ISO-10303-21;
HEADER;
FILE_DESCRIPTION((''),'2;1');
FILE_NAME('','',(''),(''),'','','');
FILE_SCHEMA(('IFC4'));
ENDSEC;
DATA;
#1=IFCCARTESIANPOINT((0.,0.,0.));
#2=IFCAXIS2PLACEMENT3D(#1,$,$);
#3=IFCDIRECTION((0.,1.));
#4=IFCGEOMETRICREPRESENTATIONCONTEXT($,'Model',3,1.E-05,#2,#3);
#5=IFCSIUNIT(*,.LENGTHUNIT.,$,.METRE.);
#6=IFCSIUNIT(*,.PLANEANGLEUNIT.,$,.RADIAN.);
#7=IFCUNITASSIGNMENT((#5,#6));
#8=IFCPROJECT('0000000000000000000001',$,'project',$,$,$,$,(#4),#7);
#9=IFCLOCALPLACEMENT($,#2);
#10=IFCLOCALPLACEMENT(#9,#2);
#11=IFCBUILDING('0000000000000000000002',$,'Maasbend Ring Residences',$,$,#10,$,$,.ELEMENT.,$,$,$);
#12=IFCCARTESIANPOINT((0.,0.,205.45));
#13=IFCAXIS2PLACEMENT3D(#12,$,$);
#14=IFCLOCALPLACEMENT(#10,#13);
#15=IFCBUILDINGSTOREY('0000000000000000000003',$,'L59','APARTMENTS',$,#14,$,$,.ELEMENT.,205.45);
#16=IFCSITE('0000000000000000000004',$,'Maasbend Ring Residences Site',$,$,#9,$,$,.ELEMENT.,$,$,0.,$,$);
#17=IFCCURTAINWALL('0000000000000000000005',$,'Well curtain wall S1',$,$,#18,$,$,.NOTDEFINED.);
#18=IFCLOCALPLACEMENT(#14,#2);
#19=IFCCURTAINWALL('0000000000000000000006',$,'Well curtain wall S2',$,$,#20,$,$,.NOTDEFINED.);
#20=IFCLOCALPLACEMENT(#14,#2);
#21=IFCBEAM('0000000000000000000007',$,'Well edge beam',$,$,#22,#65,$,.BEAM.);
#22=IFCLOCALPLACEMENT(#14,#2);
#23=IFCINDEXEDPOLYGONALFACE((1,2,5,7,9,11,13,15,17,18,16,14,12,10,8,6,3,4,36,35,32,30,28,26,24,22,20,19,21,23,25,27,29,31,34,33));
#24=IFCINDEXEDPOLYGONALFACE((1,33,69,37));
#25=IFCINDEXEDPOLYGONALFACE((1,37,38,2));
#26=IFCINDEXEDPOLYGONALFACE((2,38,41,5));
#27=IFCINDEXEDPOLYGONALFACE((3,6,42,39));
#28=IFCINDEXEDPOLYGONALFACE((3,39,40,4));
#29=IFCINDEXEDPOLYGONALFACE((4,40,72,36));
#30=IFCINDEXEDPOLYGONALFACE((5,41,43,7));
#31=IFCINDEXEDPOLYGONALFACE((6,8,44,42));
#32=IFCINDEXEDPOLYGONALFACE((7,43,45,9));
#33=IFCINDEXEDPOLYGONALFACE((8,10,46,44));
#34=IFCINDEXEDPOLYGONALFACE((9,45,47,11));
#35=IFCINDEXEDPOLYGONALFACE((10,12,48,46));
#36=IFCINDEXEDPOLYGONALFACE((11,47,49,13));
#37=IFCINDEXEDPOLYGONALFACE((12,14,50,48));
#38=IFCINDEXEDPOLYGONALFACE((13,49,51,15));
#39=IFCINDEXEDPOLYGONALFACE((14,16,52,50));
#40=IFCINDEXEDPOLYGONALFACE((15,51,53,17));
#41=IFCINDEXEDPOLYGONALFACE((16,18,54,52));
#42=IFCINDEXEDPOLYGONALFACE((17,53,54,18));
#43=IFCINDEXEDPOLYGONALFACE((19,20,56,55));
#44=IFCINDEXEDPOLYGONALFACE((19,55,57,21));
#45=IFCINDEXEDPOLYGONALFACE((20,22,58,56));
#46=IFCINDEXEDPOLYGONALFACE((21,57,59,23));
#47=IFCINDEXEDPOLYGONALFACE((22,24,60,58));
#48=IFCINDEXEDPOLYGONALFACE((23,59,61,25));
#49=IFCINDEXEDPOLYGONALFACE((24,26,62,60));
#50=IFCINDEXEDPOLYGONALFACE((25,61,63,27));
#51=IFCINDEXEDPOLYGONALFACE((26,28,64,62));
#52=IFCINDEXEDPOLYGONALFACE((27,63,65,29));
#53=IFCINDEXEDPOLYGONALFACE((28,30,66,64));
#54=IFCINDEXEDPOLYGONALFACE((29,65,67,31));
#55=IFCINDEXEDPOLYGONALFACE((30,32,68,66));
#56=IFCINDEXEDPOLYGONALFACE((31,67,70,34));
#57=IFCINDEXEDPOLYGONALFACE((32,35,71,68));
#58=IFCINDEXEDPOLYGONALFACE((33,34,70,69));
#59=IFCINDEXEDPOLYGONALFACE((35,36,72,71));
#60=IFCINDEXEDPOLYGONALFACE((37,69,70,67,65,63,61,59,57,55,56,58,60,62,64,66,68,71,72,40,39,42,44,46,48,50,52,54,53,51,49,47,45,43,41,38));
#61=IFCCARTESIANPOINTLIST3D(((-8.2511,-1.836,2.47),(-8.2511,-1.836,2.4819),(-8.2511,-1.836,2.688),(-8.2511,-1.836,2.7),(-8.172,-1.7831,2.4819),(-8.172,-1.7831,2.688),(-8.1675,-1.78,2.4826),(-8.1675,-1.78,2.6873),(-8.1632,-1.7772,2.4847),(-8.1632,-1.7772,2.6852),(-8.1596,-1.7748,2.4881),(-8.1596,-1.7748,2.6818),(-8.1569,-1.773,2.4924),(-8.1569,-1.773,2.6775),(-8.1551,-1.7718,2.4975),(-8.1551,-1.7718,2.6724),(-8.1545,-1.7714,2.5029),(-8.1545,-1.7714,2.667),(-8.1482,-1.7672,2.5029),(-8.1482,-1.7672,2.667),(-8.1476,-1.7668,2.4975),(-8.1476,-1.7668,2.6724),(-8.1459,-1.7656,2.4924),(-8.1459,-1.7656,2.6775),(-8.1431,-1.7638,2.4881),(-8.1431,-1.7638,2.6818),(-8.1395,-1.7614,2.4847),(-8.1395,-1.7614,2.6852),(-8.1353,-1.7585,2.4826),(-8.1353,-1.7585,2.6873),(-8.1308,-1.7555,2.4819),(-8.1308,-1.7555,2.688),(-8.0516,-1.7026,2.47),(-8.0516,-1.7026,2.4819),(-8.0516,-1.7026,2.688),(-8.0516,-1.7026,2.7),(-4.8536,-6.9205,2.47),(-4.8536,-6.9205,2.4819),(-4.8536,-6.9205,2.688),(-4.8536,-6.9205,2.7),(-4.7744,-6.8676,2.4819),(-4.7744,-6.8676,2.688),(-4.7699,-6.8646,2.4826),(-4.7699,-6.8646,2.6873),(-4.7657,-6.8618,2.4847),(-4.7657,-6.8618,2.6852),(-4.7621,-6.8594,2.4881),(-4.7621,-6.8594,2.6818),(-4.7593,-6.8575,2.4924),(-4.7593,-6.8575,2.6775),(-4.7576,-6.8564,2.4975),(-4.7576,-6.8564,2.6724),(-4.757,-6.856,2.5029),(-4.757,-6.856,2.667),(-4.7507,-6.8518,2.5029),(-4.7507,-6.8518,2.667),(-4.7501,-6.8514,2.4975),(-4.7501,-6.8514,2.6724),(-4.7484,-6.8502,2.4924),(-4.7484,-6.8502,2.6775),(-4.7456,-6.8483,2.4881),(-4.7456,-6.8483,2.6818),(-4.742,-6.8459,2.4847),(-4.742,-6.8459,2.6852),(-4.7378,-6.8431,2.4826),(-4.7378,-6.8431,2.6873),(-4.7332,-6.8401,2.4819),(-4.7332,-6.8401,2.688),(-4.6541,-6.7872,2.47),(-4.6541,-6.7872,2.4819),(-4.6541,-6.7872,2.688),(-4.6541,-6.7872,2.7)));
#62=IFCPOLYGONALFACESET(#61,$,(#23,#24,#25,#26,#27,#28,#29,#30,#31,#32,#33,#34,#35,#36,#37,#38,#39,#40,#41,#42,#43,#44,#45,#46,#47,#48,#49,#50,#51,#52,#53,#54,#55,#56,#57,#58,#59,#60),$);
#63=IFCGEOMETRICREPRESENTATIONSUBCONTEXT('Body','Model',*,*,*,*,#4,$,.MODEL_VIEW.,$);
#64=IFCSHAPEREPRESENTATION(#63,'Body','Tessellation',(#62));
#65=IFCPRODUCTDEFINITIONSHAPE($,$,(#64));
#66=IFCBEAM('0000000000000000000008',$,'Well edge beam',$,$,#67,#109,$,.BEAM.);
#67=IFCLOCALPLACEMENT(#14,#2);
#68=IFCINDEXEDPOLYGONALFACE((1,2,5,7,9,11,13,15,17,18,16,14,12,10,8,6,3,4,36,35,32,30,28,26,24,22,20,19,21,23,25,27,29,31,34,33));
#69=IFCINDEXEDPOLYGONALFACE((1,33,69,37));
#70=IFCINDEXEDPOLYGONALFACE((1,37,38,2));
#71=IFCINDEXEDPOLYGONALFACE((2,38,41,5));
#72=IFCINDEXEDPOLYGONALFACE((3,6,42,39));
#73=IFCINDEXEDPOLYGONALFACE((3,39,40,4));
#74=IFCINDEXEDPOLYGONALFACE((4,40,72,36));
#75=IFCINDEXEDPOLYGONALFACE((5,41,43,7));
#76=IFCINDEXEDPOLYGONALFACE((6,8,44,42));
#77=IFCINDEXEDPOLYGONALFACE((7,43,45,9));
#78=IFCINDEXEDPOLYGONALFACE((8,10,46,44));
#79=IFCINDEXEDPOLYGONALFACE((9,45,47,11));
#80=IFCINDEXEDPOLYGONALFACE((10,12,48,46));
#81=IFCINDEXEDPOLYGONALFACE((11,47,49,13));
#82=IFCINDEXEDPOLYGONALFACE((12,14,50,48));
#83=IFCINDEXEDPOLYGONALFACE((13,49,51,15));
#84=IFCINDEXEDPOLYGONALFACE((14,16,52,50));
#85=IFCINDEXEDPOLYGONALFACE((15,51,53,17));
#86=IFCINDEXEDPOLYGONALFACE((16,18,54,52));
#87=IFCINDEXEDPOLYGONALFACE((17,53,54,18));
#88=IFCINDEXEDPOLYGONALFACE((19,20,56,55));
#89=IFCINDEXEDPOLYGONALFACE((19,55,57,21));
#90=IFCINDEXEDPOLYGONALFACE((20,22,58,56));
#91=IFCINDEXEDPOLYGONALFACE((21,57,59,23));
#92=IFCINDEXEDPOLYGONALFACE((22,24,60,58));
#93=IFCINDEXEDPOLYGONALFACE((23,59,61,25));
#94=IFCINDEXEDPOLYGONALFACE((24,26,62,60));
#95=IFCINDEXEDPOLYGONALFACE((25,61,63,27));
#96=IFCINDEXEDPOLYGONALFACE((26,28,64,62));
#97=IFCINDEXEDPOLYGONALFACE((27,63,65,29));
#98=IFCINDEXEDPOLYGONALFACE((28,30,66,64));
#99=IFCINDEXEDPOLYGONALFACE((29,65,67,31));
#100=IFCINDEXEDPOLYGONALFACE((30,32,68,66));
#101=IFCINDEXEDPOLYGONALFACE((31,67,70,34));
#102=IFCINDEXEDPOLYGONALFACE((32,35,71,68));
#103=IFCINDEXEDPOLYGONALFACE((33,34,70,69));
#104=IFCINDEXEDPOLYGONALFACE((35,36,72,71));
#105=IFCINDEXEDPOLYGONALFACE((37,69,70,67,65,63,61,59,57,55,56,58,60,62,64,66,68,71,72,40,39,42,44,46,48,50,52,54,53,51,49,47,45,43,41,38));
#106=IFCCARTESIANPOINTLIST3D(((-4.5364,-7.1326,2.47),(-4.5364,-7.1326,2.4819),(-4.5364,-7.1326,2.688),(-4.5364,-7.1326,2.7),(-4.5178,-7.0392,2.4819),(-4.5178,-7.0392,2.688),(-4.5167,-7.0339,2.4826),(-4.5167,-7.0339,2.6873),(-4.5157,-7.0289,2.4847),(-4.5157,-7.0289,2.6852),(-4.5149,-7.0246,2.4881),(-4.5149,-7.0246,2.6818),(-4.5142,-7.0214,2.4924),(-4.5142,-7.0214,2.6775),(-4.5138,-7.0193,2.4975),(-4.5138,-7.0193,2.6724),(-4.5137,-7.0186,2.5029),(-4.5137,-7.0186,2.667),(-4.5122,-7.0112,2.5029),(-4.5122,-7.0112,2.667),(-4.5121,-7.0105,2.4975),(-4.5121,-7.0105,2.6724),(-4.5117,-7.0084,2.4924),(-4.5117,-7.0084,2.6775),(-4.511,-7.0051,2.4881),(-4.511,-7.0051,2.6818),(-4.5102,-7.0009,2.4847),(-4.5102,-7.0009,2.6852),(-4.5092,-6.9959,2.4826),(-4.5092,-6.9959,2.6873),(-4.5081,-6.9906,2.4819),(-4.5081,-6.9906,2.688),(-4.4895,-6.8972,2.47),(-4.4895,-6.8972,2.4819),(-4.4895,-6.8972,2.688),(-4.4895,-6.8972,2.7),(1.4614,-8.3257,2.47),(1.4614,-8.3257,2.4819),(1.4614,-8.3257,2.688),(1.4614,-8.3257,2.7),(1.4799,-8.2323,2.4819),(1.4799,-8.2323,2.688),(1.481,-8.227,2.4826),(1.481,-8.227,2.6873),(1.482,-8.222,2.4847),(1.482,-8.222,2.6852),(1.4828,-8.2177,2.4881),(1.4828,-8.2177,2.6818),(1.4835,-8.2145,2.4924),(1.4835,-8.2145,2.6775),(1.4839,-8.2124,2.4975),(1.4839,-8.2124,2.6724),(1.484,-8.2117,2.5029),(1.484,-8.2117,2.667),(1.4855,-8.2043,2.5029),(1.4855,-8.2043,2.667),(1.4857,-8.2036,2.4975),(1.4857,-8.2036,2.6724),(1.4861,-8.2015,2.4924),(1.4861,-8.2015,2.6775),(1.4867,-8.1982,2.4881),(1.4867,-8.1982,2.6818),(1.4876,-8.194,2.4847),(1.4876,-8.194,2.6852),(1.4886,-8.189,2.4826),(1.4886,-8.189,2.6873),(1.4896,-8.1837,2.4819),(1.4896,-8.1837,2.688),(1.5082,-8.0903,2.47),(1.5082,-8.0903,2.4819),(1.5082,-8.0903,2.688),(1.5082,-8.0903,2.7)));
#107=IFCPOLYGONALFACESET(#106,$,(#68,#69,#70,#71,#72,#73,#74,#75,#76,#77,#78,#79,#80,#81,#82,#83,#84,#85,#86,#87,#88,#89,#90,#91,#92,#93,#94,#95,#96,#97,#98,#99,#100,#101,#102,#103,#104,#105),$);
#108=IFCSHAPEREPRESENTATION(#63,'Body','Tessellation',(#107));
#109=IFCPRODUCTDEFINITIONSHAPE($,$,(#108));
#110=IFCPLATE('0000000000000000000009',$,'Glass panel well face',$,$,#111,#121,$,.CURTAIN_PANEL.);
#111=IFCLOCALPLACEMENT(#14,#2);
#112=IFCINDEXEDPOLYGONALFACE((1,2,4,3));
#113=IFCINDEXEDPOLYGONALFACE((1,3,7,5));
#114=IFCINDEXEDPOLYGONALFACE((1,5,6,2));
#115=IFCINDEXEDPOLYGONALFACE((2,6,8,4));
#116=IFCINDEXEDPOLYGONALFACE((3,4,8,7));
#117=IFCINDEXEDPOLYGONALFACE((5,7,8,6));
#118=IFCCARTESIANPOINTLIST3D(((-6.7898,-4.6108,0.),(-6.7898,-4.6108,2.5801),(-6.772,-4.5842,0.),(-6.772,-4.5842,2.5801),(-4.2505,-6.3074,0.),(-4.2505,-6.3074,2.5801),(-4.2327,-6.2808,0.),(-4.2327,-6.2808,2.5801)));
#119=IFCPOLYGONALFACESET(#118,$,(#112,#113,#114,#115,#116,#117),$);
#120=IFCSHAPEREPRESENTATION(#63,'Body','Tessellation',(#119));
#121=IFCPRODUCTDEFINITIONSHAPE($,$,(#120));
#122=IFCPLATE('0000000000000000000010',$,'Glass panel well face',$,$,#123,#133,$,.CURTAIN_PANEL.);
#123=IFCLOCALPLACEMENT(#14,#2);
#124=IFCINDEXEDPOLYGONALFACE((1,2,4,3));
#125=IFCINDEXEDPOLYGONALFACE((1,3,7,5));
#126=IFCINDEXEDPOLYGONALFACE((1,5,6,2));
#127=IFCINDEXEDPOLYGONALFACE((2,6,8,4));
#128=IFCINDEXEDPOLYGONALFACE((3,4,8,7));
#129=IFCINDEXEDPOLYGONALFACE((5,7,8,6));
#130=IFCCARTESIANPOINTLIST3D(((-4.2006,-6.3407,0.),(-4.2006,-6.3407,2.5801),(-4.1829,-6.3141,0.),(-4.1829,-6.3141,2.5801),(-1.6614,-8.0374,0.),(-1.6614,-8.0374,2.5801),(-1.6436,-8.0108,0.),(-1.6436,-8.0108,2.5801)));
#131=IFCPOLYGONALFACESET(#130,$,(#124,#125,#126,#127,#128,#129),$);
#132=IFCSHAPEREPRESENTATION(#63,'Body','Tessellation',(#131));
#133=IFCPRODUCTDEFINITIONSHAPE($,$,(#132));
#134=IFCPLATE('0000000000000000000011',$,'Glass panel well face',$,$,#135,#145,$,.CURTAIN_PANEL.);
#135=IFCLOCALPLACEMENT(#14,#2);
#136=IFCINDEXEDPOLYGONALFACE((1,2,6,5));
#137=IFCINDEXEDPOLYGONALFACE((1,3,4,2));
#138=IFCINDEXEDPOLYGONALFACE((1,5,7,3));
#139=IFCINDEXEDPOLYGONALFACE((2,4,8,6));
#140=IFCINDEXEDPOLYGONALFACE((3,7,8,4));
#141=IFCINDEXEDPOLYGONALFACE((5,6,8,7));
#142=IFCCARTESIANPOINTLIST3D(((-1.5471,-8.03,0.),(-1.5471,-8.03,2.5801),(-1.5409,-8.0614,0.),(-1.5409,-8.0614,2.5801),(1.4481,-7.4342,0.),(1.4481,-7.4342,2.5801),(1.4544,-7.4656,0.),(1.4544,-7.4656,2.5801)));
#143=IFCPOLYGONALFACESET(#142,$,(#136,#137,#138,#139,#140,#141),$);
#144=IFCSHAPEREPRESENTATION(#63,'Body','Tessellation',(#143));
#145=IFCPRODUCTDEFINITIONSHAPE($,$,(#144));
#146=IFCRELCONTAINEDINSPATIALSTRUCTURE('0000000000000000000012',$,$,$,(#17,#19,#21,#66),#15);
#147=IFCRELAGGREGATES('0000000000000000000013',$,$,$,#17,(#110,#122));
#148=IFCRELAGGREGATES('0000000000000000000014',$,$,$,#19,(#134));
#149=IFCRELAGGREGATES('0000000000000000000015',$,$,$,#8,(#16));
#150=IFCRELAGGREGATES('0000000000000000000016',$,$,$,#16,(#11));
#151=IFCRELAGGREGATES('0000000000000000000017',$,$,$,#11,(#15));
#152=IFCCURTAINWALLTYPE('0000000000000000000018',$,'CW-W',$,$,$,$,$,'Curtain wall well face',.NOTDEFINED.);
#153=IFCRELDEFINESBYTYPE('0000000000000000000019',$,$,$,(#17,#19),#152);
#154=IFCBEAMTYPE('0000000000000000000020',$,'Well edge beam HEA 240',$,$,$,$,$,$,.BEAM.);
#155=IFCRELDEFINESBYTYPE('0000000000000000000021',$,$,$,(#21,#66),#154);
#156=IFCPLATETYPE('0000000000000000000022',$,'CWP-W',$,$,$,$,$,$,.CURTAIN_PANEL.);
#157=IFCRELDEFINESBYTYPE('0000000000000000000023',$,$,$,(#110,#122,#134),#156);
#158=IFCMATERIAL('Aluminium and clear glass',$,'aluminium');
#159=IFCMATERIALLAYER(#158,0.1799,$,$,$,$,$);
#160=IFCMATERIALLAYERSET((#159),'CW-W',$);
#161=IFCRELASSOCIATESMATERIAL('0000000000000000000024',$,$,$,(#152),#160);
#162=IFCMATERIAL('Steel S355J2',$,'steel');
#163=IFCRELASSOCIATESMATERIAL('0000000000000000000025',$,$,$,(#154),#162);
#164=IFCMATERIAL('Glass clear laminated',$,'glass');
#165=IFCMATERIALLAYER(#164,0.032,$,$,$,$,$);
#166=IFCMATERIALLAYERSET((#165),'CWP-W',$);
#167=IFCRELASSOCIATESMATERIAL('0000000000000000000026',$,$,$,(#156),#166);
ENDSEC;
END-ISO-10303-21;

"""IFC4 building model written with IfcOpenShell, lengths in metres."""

from ifc_helpers import new_model, si_unit, direction, frame, origin, origin_2d, place, context, subcontext, project, spatial, rectangle, i_section, extrude, material, layer, layer_set, material_profile, profile_set, type_object, element, aggregate, save


model = new_model("IFC4")

# Units and contexts
model_context = context("Model", 3, precision=1e-05, world=origin(), true_north=direction((0.0, 1.0)))
body_context = subcontext(model_context, "Body", "Model", "MODEL_VIEW")
ifc_project = project(units=[si_unit("LENGTHUNIT", "METRE"), si_unit("PLANEANGLEUNIT", "RADIAN")], contexts=[model_context])

# Site, building, storey
site_placement = place(None, origin())
site = spatial("IfcSite", under=ifc_project, at=site_placement, Name="Maasbend Ring Residences Site", CompositionType="ELEMENT", RefElevation=0.0)
building_placement = place(site_placement, origin())
building = spatial("IfcBuilding", under=site, at=building_placement, Name="Maasbend Ring Residences", CompositionType="ELEMENT")
storey_placement = place(building_placement, frame((0.0, 0.0, 205.45)))
storey = spatial("IfcBuildingStorey", under=building, at=storey_placement, Name="L59", Description="APARTMENTS", CompositionType="ELEMENT", Elevation=205.45)

# Curtain wall
ifc_material_1 = material(Name="Aluminium and clear glass", Category="aluminium")
ifc_layer_1 = layer(ifc_material_1, 0.1799)
ifc_layer_set_1 = layer_set([ifc_layer_1], Name="CW-W")
curtain_wall_type = type_object("IfcCurtainWallType", Name="CW-W", ElementType="Curtain wall well face", PredefinedType="NOTDEFINED", material=ifc_layer_set_1)
curtain_wall_1_placement = place(storey_placement, origin())
curtain_wall_1 = element("IfcCurtainWall", 1, at=curtain_wall_1_placement, inside=storey, type_object=curtain_wall_type, Name="Well curtain wall S1", PredefinedType="NOTDEFINED")

# Curtain wall
curtain_wall_2_placement = place(storey_placement, origin())
curtain_wall_2 = element("IfcCurtainWall", 2, at=curtain_wall_2_placement, inside=storey, type_object=curtain_wall_type, Name="Well curtain wall S2", PredefinedType="NOTDEFINED")

# Beams
ifc_material_2 = material(Name="Steel S355J2", Category="steel")
ifc_material_profile_1 = material_profile(ifc_material_2, i_section(OverallWidth=0.24, OverallDepth=0.23, WebThickness=0.0076, FlangeThickness=0.012, FilletRadius=0.021, at=origin_2d()), Name="HEA 240")
ifc_profile_set_1 = profile_set([ifc_material_profile_1], Name="Steel S355J2")
beam_type = type_object("IfcBeamType", Name="Well edge beam HEA 240", PredefinedType="BEAM", material=ifc_profile_set_1)
for number, where, z_axis, x_axis, name in (
    (3, (-8.1514, -1.7693, 2.585), (0.555584, -0.83146, 0.0), (0.83146, 0.555584, 0.0), "Well edge beam"),
    (4, (-4.5129, -7.0149, 2.585), (0.980783, -0.195103, 0.0), (0.195103, 0.980783, 0.0), "Well edge beam"),
):
    element("IfcBeam", number, at=place(storey_placement, frame(where, z_axis=z_axis, x_axis=x_axis)), inside=storey, type_object=beam_type, Name=name, PredefinedType="BEAM", context=body_context, shape_type="SweptSolid", body=[
        extrude(i_section(OverallWidth=0.24, OverallDepth=0.23, WebThickness=0.0076, FlangeThickness=0.012, FilletRadius=0.021, at=origin_2d()), origin(), (0.0, 0.0, 1.0), 6.1152),
    ])

# Plates
ifc_material_3 = material(Name="Glass clear laminated", Category="glass")
ifc_layer_2 = layer(ifc_material_3, 0.032)
ifc_layer_set_2 = layer_set([ifc_layer_2], Name="CWP-W")
plate_type = type_object("IfcPlateType", Name="CWP-W", PredefinedType="CURTAIN_PANEL", material=ifc_layer_set_2)
plate_1_placement = place(storey_placement, frame((-5.5112, -5.4458, 0.0), z_axis=(0.0, 0.0, 1.0), x_axis=(0.83147, -0.55557, 0.0)))
plate_1 = element("IfcPlate", 5, at=plate_1_placement, type_object=plate_type, Name="Glass panel well face", PredefinedType="CURTAIN_PANEL", context=body_context, shape_type="SweptSolid", body=[
    extrude(rectangle(XDim=3.054, YDim=0.032, at=origin_2d()), origin(), (0.0, 0.0, 1.0), 2.5801),
])
plate_2_placement = place(storey_placement, frame((-2.9221, -7.1758, 0.0), z_axis=(0.0, 0.0, 1.0), x_axis=(0.83147, -0.55557, 0.0)))
plate_2 = element("IfcPlate", 6, at=plate_2_placement, type_object=plate_type, Name="Glass panel well face", PredefinedType="CURTAIN_PANEL", context=body_context, shape_type="SweptSolid", body=[
    extrude(rectangle(XDim=3.054, YDim=0.032, at=origin_2d()), origin(), (0.0, 0.0, 1.0), 2.5801),
])
aggregate(curtain_wall_1, [plate_1, plate_2])
plate_3_placement = place(storey_placement, frame((-0.0464, -7.7478, 0.0), z_axis=(0.0, 0.0, 1.0), x_axis=(0.980785, 0.19509, 0.0)))
plate_3 = element("IfcPlate", 7, at=plate_3_placement, type_object=plate_type, Name="Glass panel well face", PredefinedType="CURTAIN_PANEL", context=body_context, shape_type="SweptSolid", body=[
    extrude(rectangle(XDim=3.054, YDim=0.032, at=origin_2d()), origin(), (0.0, 0.0, 1.0), 2.5801),
])
aggregate(curtain_wall_2, [plate_3])

save(model, "model.ifc")
